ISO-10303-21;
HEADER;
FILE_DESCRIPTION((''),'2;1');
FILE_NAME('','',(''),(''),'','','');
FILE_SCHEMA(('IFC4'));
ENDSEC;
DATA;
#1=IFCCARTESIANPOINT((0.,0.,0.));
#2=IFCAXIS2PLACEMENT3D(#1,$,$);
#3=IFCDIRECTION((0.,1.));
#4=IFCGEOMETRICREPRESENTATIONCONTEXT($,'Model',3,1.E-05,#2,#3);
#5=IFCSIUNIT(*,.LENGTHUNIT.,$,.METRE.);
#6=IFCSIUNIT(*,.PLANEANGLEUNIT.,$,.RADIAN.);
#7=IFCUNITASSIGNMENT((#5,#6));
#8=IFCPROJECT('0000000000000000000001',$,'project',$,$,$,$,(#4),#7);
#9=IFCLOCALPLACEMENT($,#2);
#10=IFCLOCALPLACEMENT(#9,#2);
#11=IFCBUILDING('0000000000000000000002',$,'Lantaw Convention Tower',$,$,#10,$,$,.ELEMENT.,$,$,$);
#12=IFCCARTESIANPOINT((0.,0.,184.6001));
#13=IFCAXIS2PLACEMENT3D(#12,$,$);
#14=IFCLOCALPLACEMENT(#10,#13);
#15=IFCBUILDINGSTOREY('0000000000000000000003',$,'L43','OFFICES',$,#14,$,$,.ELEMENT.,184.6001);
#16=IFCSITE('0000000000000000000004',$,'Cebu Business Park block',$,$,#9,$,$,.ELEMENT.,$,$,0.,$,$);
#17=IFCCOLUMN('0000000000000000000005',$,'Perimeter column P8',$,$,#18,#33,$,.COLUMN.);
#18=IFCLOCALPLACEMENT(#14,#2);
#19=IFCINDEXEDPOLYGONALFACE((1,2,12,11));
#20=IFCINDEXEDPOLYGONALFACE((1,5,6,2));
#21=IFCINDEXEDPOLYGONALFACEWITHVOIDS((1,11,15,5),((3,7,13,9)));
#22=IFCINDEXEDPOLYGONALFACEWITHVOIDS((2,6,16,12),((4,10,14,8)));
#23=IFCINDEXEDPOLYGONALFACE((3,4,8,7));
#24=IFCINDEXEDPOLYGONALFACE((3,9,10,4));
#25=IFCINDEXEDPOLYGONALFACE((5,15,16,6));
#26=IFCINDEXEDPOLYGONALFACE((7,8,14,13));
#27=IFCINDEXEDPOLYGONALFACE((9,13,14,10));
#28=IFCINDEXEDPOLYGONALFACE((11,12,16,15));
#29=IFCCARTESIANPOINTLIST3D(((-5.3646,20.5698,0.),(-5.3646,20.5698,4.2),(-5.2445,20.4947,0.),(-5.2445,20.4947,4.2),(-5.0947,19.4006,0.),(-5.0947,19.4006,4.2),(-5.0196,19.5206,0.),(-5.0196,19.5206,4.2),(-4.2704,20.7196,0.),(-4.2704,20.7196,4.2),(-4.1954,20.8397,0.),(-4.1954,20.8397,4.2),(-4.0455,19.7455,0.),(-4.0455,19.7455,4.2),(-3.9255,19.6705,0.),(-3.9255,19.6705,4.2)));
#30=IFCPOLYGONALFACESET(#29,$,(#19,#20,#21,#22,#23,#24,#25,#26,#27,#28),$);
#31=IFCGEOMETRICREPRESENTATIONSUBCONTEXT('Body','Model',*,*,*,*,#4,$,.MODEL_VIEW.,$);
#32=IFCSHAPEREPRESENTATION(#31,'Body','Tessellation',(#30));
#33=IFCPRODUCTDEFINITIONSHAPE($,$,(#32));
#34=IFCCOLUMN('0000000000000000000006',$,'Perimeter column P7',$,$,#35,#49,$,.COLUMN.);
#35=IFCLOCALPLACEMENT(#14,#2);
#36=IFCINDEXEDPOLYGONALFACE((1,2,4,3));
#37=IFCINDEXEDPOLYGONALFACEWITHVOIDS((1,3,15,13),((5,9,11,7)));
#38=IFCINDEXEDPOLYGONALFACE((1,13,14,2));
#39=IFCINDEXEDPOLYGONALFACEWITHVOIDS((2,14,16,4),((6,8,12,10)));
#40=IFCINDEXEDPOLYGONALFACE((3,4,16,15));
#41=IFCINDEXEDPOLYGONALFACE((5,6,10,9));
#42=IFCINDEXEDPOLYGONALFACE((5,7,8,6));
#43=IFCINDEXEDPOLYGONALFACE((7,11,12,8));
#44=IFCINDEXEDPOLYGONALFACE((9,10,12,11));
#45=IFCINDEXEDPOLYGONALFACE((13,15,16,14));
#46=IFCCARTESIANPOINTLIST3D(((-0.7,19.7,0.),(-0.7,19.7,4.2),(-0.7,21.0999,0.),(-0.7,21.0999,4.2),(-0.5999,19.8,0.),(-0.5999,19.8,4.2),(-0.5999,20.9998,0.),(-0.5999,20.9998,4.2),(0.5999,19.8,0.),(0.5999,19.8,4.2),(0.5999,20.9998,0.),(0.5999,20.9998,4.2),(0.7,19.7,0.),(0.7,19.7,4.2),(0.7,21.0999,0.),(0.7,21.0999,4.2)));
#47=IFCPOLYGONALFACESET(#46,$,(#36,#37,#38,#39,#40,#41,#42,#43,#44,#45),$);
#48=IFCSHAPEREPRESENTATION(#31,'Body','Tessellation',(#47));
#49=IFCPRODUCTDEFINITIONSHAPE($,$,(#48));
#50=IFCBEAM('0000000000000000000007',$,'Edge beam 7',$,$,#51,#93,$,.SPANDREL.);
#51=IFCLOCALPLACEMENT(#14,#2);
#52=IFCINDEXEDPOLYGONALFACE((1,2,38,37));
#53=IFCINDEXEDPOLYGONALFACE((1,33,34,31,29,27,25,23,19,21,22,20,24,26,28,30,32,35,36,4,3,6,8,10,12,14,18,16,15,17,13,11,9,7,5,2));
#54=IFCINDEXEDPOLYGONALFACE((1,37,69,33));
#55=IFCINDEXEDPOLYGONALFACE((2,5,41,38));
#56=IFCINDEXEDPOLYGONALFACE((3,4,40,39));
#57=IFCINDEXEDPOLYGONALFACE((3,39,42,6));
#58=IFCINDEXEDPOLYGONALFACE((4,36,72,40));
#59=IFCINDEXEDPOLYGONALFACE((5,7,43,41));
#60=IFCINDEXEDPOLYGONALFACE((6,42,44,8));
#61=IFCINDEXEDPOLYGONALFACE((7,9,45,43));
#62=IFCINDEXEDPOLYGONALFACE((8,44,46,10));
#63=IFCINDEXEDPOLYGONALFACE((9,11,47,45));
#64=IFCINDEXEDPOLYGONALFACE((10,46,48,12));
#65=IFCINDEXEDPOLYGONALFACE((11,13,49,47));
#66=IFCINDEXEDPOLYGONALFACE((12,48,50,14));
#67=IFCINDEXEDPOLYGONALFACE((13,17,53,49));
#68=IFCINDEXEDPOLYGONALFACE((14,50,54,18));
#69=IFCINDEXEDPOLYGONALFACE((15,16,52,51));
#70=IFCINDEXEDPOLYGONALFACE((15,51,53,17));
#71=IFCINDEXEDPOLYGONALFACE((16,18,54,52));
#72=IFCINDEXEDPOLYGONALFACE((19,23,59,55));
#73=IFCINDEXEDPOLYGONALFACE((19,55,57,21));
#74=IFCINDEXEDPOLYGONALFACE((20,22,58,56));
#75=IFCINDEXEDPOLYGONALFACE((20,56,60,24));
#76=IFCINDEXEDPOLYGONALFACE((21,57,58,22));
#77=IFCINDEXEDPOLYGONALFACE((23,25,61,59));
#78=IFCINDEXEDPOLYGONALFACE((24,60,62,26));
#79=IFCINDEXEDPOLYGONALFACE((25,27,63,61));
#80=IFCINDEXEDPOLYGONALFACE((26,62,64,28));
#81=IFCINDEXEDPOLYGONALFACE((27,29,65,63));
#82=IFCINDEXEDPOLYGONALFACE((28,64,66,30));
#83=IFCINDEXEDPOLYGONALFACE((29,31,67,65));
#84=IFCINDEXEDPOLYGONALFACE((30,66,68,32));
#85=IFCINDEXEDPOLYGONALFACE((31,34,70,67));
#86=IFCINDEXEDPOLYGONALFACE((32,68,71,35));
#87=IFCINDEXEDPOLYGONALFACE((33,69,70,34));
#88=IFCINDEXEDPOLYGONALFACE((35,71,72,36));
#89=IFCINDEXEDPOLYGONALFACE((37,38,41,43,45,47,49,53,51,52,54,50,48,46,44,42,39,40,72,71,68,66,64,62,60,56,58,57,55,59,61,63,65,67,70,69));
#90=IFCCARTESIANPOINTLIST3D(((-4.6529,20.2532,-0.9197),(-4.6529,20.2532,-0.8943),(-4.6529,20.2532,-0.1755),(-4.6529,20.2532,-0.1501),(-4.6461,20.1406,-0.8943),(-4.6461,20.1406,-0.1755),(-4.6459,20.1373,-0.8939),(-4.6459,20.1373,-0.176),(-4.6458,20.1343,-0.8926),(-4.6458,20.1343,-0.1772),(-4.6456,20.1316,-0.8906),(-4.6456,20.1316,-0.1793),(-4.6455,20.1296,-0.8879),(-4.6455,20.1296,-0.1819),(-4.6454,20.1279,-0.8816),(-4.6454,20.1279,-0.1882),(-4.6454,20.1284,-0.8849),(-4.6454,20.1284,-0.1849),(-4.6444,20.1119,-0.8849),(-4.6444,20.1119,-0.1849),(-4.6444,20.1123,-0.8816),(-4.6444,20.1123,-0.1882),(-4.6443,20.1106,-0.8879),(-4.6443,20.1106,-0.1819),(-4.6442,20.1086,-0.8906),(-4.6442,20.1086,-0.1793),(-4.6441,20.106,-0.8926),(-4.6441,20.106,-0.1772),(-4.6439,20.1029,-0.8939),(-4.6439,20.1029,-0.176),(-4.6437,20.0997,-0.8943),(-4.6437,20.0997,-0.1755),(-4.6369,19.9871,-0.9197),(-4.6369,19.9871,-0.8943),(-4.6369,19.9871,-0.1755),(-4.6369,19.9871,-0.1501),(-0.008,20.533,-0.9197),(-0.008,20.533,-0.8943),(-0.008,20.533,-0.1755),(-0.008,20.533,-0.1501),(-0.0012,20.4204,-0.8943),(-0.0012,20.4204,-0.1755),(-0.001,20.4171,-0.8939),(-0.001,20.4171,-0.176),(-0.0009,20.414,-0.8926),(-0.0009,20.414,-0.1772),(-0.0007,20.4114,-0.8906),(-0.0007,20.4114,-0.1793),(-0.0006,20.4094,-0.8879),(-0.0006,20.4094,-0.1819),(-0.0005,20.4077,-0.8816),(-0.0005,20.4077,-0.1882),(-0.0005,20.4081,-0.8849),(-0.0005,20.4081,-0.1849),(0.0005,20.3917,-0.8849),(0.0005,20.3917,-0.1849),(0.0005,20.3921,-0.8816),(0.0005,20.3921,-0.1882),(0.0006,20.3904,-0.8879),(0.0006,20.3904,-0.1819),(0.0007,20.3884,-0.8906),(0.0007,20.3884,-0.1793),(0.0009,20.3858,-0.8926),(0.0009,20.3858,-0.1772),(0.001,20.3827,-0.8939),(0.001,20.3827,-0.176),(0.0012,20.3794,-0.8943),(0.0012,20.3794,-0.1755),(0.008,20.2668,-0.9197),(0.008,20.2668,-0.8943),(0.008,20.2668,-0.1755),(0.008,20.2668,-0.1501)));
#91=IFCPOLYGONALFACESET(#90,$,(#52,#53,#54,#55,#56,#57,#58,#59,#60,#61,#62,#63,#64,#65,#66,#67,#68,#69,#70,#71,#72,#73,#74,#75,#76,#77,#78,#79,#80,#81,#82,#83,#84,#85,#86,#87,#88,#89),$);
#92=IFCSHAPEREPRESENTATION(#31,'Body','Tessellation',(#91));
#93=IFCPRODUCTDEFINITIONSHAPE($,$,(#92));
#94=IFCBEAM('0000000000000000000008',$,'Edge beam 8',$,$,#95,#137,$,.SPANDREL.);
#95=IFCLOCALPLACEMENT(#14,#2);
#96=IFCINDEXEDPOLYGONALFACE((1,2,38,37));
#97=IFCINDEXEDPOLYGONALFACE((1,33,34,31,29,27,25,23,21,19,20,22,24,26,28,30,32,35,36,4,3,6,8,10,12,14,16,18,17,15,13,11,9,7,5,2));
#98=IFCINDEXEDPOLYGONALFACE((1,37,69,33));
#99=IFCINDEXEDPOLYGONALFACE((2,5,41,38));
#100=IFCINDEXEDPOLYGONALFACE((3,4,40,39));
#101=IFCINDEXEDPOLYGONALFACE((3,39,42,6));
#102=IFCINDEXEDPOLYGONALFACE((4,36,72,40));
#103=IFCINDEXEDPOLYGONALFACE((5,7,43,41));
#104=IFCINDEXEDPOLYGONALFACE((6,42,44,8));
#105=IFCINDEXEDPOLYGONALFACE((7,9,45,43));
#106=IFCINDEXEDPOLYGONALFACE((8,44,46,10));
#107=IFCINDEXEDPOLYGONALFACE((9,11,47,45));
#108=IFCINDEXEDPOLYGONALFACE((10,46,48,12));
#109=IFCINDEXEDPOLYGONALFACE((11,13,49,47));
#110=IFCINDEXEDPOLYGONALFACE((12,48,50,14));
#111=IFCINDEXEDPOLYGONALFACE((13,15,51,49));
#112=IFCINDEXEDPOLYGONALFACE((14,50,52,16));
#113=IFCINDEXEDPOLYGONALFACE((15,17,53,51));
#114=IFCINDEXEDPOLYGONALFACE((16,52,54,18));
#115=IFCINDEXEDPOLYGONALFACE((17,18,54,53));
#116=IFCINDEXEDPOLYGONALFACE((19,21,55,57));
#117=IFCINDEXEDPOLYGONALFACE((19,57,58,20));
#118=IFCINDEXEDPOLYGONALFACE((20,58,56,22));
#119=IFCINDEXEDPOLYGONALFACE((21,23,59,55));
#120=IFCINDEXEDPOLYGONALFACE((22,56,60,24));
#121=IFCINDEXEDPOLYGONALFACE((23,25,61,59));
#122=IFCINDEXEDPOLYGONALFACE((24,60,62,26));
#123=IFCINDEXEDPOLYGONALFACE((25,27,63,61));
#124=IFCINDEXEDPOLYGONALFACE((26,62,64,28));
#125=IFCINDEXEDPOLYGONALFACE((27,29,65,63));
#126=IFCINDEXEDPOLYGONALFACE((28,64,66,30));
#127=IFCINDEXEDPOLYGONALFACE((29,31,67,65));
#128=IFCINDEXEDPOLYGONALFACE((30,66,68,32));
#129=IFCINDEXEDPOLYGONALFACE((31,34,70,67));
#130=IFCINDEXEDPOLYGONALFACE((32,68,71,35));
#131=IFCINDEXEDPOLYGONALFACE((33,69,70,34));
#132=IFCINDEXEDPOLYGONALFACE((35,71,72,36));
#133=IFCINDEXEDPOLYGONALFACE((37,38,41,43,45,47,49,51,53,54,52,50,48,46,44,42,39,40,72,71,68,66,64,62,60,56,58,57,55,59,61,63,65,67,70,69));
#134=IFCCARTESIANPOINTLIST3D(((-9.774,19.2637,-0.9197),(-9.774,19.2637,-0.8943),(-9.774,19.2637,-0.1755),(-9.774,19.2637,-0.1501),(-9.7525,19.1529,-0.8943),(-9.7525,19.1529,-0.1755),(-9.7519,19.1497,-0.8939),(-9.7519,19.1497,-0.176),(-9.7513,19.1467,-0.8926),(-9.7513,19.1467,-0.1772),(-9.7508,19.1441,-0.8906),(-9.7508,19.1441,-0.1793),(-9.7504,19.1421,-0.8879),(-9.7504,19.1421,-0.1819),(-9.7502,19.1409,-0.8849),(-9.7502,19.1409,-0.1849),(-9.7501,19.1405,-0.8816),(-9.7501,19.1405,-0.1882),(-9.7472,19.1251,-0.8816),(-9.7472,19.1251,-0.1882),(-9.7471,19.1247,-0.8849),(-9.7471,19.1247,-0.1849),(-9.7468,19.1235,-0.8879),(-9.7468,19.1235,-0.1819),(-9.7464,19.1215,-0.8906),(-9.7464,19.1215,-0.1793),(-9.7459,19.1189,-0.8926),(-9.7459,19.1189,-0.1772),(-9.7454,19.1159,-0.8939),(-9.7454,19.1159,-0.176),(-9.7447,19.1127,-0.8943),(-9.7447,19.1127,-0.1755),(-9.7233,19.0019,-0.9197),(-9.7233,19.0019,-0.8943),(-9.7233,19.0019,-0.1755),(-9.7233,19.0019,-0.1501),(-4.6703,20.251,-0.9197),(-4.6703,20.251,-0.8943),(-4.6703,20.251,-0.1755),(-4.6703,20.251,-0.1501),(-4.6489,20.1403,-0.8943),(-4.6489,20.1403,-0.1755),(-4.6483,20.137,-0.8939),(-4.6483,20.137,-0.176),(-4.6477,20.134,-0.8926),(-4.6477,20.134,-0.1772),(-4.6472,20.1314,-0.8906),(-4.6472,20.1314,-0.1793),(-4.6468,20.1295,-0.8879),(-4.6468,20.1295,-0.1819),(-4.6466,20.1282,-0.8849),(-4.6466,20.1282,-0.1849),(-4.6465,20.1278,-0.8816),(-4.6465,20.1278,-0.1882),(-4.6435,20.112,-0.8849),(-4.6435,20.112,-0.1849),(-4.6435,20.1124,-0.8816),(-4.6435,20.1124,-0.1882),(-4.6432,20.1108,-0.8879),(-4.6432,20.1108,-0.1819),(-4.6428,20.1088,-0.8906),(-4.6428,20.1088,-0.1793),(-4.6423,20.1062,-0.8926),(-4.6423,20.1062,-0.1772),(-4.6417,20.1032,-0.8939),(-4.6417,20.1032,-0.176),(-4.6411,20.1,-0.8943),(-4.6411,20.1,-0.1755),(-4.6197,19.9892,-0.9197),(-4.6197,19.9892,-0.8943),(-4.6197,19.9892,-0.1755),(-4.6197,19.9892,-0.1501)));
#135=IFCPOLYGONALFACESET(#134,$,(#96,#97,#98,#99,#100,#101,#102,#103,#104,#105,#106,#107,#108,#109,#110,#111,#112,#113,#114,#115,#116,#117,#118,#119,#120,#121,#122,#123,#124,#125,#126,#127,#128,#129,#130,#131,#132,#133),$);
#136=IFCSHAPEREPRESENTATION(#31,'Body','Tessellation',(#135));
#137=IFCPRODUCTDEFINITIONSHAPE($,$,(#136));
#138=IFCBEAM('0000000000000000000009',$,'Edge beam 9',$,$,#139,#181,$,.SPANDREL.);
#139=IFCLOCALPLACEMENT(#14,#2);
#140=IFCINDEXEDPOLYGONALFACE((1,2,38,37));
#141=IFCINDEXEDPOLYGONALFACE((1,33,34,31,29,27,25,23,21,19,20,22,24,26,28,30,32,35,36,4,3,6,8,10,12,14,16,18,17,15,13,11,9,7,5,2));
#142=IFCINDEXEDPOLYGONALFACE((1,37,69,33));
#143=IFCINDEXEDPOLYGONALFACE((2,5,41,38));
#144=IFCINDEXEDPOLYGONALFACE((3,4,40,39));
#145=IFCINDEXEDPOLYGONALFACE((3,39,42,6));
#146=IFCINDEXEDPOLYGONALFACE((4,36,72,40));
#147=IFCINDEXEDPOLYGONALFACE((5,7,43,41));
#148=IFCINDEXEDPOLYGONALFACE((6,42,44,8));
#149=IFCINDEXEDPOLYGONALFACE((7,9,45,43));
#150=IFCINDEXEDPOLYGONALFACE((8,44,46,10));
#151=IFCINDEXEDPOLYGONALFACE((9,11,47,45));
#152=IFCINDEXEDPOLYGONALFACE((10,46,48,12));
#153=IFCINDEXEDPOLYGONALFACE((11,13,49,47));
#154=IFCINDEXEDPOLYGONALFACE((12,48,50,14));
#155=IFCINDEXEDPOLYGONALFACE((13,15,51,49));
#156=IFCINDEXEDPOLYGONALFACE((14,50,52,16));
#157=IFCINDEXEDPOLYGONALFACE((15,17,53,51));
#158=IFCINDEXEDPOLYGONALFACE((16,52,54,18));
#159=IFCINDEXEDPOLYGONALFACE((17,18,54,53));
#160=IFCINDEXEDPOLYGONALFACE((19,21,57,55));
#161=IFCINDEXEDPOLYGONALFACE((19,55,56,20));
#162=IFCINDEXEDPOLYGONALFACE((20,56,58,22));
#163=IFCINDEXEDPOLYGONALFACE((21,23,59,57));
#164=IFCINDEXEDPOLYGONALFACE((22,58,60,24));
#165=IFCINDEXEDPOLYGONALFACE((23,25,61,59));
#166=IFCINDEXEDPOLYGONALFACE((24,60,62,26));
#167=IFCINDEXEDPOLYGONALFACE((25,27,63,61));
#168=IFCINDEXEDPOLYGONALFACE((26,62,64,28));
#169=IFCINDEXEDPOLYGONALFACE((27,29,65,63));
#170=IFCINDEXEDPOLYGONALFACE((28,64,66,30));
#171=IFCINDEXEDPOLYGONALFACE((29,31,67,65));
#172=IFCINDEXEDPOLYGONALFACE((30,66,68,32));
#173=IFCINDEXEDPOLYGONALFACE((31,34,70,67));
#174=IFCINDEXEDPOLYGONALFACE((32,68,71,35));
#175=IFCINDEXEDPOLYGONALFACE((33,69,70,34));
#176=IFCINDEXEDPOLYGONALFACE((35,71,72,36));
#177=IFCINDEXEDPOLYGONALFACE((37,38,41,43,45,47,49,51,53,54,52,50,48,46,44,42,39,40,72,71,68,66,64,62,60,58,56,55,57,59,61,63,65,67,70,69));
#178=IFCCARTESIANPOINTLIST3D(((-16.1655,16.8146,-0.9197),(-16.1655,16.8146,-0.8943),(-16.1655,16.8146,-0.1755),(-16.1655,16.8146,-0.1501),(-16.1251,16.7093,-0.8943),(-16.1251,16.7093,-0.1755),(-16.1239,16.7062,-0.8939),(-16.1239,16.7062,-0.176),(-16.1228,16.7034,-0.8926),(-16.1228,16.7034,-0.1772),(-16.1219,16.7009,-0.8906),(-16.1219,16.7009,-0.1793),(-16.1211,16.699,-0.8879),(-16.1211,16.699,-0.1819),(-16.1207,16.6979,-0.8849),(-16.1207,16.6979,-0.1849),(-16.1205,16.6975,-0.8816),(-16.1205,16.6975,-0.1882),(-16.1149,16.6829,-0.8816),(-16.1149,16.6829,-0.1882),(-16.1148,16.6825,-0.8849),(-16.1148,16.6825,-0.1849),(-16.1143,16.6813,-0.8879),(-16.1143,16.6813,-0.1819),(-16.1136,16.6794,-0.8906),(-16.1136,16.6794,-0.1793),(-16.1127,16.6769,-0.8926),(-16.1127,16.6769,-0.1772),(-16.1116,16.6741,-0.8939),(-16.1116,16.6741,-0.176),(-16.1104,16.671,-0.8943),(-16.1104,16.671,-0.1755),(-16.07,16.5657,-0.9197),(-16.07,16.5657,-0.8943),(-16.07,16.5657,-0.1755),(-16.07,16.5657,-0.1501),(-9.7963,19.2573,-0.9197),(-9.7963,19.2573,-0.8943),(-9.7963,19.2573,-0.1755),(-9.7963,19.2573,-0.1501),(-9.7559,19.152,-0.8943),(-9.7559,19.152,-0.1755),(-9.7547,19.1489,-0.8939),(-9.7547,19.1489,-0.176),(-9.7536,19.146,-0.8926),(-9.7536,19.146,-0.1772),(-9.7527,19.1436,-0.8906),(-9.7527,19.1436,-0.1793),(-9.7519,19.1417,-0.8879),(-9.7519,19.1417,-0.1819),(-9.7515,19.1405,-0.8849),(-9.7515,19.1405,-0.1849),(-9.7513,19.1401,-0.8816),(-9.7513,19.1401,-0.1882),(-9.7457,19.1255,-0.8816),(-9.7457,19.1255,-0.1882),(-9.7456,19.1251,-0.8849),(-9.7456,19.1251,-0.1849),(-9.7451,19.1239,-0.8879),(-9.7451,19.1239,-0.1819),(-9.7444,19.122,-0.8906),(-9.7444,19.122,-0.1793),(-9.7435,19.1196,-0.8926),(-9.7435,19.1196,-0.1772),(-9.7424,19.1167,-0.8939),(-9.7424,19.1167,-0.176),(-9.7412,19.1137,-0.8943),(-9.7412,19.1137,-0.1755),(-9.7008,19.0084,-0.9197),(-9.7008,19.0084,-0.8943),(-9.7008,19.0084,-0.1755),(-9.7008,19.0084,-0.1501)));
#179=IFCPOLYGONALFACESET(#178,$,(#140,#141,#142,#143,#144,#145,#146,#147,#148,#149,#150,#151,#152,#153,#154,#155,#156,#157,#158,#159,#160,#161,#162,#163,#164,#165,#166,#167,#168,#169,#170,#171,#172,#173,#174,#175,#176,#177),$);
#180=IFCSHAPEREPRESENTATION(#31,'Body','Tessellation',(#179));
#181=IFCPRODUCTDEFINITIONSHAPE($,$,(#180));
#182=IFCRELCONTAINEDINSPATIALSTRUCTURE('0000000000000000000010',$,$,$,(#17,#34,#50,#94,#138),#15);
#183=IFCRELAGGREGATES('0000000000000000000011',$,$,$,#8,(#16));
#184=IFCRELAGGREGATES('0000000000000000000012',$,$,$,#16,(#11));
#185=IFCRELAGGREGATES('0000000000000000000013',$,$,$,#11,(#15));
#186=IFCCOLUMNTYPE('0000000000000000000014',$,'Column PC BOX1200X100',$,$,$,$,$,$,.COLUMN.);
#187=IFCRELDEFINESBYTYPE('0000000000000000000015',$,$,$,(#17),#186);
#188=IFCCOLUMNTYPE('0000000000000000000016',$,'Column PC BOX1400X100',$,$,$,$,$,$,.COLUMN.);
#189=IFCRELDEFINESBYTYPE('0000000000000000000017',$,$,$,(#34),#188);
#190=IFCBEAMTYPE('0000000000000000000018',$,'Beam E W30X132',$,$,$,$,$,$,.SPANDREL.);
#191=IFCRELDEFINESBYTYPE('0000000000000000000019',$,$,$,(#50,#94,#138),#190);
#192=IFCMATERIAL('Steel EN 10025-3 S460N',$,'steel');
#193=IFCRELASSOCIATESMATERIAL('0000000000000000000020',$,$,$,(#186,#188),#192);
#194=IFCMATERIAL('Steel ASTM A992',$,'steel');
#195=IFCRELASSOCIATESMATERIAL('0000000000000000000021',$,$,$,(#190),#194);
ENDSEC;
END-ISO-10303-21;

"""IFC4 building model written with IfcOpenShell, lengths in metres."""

from ifc_helpers import new_model, si_unit, direction, frame, origin, origin_2d, place, context, subcontext, project, spatial, rectangle, hollow_rectangle, i_section, extrude, material, material_profile, profile_set, type_object, element, save


model = new_model("IFC4")

# Units and contexts
model_context = context("Model", 3, precision=1e-05, world=origin(), true_north=direction((0.0, 1.0)))
body_context = subcontext(model_context, "Body", "Model", "MODEL_VIEW")
ifc_project = project(units=[si_unit("LENGTHUNIT", "METRE"), si_unit("PLANEANGLEUNIT", "RADIAN")], contexts=[model_context])

# Site, building, storey
site_placement = place(None, origin())
site = spatial("IfcSite", under=ifc_project, at=site_placement, Name="Cebu Business Park block", CompositionType="ELEMENT", RefElevation=0.0)
building_placement = place(site_placement, origin())
building = spatial("IfcBuilding", under=site, at=building_placement, Name="Lantaw Convention Tower", CompositionType="ELEMENT")
storey_placement = place(building_placement, frame((0.0, 0.0, 184.6001)))
storey = spatial("IfcBuildingStorey", under=building, at=storey_placement, Name="L43", Description="OFFICES", CompositionType="ELEMENT", Elevation=184.6001)

# Columns
ifc_material_1 = material(Name="Steel EN 10025-3 S460N", Category="steel")
ifc_material_profile_1 = material_profile(ifc_material_1, hollow_rectangle(XDim=1.2, YDim=1.2, WallThickness=0.1001, at=origin_2d()), Name="BOX1200X100")
ifc_material_2 = material(Name="Concrete C60/75", Category="concrete")
ifc_material_profile_2 = material_profile(ifc_material_2, rectangle(XDim=1.0, YDim=1.0, at=origin_2d()), Name="Concrete fill of BOX1200X100")
ifc_profile_set_1 = profile_set([ifc_material_profile_1, ifc_material_profile_2], Name="Steel EN 10025-3 S460N")
column_type_1 = type_object("IfcColumnType", Name="Column PC BOX1200X100", PredefinedType="COLUMN", material=ifc_profile_set_1)
column_1_placement = place(storey_placement, frame((-4.645, 20.1201, 0.0), z_axis=(0.0, 0.0, 1.0), x_axis=(0.97437, 0.224951, 0.0)))
element("IfcColumn", 1, at=column_1_placement, inside=storey, type_object=column_type_1, Name="Perimeter column P8", PredefinedType="COLUMN", context=body_context, shape_type="SweptSolid", body=[
    extrude(hollow_rectangle(XDim=1.2, YDim=1.2, WallThickness=0.1001, at=origin_2d()), origin(), (0.0, 0.0, 1.0), 4.2),
])
ifc_material_profile_3 = material_profile(ifc_material_1, hollow_rectangle(XDim=1.3999, YDim=1.3999, WallThickness=0.1001, at=origin_2d()), Name="BOX1400X100")
ifc_material_profile_4 = material_profile(ifc_material_2, rectangle(XDim=1.2, YDim=1.2, at=origin_2d()), Name="Concrete fill of BOX1400X100")
ifc_profile_set_2 = profile_set([ifc_material_profile_3, ifc_material_profile_4], Name="Steel EN 10025-3 S460N")
column_type_2 = type_object("IfcColumnType", Name="Column PC BOX1400X100", PredefinedType="COLUMN", material=ifc_profile_set_2)
column_2_placement = place(storey_placement, frame((0.0, 20.3999, 0.0), z_axis=(0.0, 0.0, 1.0), x_axis=(1.0, 0.0, 0.0)))
element("IfcColumn", 2, at=column_2_placement, inside=storey, type_object=column_type_2, Name="Perimeter column P7", PredefinedType="COLUMN", context=body_context, shape_type="SweptSolid", body=[
    extrude(hollow_rectangle(XDim=1.3999, YDim=1.3999, WallThickness=0.1001, at=origin_2d()), origin(), (0.0, 0.0, 1.0), 4.2),
])

# Beams
ifc_material_3 = material(Name="Steel ASTM A992", Category="steel")
ifc_material_profile_5 = material_profile(ifc_material_3, i_section(OverallWidth=0.2666, OverallDepth=0.7695, WebThickness=0.0156, FlangeThickness=0.0254, FilletRadius=0.0127, at=origin_2d()), Name="W30X132")
ifc_profile_set_3 = profile_set([ifc_material_profile_5], Name="Steel ASTM A992")
beam_type = type_object("IfcBeamType", Name="Beam E W30X132", PredefinedType="SPANDREL", material=ifc_profile_set_3)
beam_1_placement = place(storey_placement, frame((0.0, 20.3999, -0.5349), z_axis=(-0.998191, -0.060124, 0.0), x_axis=(0.060124, -0.998191, 0.0)))
element("IfcBeam", 3, at=beam_1_placement, inside=storey, type_object=beam_type, Name="Edge beam 7", PredefinedType="SPANDREL", context=body_context, shape_type="SweptSolid", body=[
    extrude(i_section(OverallWidth=0.2666, OverallDepth=0.7695, WebThickness=0.0156, FlangeThickness=0.0254, FilletRadius=0.0127, at=origin_2d()), origin(), (0.0, 0.0, 1.0), 4.6533),
])
beam_2_placement = place(storey_placement, frame((-4.645, 20.1201, -0.5349), z_axis=(-0.981797, -0.189934, 0.0), x_axis=(0.189934, -0.981797, 0.0)))
element("IfcBeam", 4, at=beam_2_placement, inside=storey, type_object=beam_type, Name="Edge beam 8", PredefinedType="SPANDREL", context=body_context, shape_type="SweptSolid", body=[
    extrude(i_section(OverallWidth=0.2666, OverallDepth=0.7695, WebThickness=0.0156, FlangeThickness=0.0254, FilletRadius=0.0127, at=origin_2d()), origin(), (0.0, 0.0, 1.0), 5.1982),
])
beam_3_placement = place(storey_placement, frame((-9.7485, 19.1328, -0.5349), z_axis=(-0.933691, -0.35808, 0.0), x_axis=(0.35808, -0.933691, 0.0)))
element("IfcBeam", 5, at=beam_3_placement, inside=storey, type_object=beam_type, Name="Edge beam 9", PredefinedType="SPANDREL", context=body_context, shape_type="SweptSolid", body=[
    extrude(i_section(OverallWidth=0.2666, OverallDepth=0.7695, WebThickness=0.0156, FlangeThickness=0.0254, FilletRadius=0.0127, at=origin_2d()), origin(), (0.0, 0.0, 1.0), 6.8215),
])

save(model, "model.ifc")
